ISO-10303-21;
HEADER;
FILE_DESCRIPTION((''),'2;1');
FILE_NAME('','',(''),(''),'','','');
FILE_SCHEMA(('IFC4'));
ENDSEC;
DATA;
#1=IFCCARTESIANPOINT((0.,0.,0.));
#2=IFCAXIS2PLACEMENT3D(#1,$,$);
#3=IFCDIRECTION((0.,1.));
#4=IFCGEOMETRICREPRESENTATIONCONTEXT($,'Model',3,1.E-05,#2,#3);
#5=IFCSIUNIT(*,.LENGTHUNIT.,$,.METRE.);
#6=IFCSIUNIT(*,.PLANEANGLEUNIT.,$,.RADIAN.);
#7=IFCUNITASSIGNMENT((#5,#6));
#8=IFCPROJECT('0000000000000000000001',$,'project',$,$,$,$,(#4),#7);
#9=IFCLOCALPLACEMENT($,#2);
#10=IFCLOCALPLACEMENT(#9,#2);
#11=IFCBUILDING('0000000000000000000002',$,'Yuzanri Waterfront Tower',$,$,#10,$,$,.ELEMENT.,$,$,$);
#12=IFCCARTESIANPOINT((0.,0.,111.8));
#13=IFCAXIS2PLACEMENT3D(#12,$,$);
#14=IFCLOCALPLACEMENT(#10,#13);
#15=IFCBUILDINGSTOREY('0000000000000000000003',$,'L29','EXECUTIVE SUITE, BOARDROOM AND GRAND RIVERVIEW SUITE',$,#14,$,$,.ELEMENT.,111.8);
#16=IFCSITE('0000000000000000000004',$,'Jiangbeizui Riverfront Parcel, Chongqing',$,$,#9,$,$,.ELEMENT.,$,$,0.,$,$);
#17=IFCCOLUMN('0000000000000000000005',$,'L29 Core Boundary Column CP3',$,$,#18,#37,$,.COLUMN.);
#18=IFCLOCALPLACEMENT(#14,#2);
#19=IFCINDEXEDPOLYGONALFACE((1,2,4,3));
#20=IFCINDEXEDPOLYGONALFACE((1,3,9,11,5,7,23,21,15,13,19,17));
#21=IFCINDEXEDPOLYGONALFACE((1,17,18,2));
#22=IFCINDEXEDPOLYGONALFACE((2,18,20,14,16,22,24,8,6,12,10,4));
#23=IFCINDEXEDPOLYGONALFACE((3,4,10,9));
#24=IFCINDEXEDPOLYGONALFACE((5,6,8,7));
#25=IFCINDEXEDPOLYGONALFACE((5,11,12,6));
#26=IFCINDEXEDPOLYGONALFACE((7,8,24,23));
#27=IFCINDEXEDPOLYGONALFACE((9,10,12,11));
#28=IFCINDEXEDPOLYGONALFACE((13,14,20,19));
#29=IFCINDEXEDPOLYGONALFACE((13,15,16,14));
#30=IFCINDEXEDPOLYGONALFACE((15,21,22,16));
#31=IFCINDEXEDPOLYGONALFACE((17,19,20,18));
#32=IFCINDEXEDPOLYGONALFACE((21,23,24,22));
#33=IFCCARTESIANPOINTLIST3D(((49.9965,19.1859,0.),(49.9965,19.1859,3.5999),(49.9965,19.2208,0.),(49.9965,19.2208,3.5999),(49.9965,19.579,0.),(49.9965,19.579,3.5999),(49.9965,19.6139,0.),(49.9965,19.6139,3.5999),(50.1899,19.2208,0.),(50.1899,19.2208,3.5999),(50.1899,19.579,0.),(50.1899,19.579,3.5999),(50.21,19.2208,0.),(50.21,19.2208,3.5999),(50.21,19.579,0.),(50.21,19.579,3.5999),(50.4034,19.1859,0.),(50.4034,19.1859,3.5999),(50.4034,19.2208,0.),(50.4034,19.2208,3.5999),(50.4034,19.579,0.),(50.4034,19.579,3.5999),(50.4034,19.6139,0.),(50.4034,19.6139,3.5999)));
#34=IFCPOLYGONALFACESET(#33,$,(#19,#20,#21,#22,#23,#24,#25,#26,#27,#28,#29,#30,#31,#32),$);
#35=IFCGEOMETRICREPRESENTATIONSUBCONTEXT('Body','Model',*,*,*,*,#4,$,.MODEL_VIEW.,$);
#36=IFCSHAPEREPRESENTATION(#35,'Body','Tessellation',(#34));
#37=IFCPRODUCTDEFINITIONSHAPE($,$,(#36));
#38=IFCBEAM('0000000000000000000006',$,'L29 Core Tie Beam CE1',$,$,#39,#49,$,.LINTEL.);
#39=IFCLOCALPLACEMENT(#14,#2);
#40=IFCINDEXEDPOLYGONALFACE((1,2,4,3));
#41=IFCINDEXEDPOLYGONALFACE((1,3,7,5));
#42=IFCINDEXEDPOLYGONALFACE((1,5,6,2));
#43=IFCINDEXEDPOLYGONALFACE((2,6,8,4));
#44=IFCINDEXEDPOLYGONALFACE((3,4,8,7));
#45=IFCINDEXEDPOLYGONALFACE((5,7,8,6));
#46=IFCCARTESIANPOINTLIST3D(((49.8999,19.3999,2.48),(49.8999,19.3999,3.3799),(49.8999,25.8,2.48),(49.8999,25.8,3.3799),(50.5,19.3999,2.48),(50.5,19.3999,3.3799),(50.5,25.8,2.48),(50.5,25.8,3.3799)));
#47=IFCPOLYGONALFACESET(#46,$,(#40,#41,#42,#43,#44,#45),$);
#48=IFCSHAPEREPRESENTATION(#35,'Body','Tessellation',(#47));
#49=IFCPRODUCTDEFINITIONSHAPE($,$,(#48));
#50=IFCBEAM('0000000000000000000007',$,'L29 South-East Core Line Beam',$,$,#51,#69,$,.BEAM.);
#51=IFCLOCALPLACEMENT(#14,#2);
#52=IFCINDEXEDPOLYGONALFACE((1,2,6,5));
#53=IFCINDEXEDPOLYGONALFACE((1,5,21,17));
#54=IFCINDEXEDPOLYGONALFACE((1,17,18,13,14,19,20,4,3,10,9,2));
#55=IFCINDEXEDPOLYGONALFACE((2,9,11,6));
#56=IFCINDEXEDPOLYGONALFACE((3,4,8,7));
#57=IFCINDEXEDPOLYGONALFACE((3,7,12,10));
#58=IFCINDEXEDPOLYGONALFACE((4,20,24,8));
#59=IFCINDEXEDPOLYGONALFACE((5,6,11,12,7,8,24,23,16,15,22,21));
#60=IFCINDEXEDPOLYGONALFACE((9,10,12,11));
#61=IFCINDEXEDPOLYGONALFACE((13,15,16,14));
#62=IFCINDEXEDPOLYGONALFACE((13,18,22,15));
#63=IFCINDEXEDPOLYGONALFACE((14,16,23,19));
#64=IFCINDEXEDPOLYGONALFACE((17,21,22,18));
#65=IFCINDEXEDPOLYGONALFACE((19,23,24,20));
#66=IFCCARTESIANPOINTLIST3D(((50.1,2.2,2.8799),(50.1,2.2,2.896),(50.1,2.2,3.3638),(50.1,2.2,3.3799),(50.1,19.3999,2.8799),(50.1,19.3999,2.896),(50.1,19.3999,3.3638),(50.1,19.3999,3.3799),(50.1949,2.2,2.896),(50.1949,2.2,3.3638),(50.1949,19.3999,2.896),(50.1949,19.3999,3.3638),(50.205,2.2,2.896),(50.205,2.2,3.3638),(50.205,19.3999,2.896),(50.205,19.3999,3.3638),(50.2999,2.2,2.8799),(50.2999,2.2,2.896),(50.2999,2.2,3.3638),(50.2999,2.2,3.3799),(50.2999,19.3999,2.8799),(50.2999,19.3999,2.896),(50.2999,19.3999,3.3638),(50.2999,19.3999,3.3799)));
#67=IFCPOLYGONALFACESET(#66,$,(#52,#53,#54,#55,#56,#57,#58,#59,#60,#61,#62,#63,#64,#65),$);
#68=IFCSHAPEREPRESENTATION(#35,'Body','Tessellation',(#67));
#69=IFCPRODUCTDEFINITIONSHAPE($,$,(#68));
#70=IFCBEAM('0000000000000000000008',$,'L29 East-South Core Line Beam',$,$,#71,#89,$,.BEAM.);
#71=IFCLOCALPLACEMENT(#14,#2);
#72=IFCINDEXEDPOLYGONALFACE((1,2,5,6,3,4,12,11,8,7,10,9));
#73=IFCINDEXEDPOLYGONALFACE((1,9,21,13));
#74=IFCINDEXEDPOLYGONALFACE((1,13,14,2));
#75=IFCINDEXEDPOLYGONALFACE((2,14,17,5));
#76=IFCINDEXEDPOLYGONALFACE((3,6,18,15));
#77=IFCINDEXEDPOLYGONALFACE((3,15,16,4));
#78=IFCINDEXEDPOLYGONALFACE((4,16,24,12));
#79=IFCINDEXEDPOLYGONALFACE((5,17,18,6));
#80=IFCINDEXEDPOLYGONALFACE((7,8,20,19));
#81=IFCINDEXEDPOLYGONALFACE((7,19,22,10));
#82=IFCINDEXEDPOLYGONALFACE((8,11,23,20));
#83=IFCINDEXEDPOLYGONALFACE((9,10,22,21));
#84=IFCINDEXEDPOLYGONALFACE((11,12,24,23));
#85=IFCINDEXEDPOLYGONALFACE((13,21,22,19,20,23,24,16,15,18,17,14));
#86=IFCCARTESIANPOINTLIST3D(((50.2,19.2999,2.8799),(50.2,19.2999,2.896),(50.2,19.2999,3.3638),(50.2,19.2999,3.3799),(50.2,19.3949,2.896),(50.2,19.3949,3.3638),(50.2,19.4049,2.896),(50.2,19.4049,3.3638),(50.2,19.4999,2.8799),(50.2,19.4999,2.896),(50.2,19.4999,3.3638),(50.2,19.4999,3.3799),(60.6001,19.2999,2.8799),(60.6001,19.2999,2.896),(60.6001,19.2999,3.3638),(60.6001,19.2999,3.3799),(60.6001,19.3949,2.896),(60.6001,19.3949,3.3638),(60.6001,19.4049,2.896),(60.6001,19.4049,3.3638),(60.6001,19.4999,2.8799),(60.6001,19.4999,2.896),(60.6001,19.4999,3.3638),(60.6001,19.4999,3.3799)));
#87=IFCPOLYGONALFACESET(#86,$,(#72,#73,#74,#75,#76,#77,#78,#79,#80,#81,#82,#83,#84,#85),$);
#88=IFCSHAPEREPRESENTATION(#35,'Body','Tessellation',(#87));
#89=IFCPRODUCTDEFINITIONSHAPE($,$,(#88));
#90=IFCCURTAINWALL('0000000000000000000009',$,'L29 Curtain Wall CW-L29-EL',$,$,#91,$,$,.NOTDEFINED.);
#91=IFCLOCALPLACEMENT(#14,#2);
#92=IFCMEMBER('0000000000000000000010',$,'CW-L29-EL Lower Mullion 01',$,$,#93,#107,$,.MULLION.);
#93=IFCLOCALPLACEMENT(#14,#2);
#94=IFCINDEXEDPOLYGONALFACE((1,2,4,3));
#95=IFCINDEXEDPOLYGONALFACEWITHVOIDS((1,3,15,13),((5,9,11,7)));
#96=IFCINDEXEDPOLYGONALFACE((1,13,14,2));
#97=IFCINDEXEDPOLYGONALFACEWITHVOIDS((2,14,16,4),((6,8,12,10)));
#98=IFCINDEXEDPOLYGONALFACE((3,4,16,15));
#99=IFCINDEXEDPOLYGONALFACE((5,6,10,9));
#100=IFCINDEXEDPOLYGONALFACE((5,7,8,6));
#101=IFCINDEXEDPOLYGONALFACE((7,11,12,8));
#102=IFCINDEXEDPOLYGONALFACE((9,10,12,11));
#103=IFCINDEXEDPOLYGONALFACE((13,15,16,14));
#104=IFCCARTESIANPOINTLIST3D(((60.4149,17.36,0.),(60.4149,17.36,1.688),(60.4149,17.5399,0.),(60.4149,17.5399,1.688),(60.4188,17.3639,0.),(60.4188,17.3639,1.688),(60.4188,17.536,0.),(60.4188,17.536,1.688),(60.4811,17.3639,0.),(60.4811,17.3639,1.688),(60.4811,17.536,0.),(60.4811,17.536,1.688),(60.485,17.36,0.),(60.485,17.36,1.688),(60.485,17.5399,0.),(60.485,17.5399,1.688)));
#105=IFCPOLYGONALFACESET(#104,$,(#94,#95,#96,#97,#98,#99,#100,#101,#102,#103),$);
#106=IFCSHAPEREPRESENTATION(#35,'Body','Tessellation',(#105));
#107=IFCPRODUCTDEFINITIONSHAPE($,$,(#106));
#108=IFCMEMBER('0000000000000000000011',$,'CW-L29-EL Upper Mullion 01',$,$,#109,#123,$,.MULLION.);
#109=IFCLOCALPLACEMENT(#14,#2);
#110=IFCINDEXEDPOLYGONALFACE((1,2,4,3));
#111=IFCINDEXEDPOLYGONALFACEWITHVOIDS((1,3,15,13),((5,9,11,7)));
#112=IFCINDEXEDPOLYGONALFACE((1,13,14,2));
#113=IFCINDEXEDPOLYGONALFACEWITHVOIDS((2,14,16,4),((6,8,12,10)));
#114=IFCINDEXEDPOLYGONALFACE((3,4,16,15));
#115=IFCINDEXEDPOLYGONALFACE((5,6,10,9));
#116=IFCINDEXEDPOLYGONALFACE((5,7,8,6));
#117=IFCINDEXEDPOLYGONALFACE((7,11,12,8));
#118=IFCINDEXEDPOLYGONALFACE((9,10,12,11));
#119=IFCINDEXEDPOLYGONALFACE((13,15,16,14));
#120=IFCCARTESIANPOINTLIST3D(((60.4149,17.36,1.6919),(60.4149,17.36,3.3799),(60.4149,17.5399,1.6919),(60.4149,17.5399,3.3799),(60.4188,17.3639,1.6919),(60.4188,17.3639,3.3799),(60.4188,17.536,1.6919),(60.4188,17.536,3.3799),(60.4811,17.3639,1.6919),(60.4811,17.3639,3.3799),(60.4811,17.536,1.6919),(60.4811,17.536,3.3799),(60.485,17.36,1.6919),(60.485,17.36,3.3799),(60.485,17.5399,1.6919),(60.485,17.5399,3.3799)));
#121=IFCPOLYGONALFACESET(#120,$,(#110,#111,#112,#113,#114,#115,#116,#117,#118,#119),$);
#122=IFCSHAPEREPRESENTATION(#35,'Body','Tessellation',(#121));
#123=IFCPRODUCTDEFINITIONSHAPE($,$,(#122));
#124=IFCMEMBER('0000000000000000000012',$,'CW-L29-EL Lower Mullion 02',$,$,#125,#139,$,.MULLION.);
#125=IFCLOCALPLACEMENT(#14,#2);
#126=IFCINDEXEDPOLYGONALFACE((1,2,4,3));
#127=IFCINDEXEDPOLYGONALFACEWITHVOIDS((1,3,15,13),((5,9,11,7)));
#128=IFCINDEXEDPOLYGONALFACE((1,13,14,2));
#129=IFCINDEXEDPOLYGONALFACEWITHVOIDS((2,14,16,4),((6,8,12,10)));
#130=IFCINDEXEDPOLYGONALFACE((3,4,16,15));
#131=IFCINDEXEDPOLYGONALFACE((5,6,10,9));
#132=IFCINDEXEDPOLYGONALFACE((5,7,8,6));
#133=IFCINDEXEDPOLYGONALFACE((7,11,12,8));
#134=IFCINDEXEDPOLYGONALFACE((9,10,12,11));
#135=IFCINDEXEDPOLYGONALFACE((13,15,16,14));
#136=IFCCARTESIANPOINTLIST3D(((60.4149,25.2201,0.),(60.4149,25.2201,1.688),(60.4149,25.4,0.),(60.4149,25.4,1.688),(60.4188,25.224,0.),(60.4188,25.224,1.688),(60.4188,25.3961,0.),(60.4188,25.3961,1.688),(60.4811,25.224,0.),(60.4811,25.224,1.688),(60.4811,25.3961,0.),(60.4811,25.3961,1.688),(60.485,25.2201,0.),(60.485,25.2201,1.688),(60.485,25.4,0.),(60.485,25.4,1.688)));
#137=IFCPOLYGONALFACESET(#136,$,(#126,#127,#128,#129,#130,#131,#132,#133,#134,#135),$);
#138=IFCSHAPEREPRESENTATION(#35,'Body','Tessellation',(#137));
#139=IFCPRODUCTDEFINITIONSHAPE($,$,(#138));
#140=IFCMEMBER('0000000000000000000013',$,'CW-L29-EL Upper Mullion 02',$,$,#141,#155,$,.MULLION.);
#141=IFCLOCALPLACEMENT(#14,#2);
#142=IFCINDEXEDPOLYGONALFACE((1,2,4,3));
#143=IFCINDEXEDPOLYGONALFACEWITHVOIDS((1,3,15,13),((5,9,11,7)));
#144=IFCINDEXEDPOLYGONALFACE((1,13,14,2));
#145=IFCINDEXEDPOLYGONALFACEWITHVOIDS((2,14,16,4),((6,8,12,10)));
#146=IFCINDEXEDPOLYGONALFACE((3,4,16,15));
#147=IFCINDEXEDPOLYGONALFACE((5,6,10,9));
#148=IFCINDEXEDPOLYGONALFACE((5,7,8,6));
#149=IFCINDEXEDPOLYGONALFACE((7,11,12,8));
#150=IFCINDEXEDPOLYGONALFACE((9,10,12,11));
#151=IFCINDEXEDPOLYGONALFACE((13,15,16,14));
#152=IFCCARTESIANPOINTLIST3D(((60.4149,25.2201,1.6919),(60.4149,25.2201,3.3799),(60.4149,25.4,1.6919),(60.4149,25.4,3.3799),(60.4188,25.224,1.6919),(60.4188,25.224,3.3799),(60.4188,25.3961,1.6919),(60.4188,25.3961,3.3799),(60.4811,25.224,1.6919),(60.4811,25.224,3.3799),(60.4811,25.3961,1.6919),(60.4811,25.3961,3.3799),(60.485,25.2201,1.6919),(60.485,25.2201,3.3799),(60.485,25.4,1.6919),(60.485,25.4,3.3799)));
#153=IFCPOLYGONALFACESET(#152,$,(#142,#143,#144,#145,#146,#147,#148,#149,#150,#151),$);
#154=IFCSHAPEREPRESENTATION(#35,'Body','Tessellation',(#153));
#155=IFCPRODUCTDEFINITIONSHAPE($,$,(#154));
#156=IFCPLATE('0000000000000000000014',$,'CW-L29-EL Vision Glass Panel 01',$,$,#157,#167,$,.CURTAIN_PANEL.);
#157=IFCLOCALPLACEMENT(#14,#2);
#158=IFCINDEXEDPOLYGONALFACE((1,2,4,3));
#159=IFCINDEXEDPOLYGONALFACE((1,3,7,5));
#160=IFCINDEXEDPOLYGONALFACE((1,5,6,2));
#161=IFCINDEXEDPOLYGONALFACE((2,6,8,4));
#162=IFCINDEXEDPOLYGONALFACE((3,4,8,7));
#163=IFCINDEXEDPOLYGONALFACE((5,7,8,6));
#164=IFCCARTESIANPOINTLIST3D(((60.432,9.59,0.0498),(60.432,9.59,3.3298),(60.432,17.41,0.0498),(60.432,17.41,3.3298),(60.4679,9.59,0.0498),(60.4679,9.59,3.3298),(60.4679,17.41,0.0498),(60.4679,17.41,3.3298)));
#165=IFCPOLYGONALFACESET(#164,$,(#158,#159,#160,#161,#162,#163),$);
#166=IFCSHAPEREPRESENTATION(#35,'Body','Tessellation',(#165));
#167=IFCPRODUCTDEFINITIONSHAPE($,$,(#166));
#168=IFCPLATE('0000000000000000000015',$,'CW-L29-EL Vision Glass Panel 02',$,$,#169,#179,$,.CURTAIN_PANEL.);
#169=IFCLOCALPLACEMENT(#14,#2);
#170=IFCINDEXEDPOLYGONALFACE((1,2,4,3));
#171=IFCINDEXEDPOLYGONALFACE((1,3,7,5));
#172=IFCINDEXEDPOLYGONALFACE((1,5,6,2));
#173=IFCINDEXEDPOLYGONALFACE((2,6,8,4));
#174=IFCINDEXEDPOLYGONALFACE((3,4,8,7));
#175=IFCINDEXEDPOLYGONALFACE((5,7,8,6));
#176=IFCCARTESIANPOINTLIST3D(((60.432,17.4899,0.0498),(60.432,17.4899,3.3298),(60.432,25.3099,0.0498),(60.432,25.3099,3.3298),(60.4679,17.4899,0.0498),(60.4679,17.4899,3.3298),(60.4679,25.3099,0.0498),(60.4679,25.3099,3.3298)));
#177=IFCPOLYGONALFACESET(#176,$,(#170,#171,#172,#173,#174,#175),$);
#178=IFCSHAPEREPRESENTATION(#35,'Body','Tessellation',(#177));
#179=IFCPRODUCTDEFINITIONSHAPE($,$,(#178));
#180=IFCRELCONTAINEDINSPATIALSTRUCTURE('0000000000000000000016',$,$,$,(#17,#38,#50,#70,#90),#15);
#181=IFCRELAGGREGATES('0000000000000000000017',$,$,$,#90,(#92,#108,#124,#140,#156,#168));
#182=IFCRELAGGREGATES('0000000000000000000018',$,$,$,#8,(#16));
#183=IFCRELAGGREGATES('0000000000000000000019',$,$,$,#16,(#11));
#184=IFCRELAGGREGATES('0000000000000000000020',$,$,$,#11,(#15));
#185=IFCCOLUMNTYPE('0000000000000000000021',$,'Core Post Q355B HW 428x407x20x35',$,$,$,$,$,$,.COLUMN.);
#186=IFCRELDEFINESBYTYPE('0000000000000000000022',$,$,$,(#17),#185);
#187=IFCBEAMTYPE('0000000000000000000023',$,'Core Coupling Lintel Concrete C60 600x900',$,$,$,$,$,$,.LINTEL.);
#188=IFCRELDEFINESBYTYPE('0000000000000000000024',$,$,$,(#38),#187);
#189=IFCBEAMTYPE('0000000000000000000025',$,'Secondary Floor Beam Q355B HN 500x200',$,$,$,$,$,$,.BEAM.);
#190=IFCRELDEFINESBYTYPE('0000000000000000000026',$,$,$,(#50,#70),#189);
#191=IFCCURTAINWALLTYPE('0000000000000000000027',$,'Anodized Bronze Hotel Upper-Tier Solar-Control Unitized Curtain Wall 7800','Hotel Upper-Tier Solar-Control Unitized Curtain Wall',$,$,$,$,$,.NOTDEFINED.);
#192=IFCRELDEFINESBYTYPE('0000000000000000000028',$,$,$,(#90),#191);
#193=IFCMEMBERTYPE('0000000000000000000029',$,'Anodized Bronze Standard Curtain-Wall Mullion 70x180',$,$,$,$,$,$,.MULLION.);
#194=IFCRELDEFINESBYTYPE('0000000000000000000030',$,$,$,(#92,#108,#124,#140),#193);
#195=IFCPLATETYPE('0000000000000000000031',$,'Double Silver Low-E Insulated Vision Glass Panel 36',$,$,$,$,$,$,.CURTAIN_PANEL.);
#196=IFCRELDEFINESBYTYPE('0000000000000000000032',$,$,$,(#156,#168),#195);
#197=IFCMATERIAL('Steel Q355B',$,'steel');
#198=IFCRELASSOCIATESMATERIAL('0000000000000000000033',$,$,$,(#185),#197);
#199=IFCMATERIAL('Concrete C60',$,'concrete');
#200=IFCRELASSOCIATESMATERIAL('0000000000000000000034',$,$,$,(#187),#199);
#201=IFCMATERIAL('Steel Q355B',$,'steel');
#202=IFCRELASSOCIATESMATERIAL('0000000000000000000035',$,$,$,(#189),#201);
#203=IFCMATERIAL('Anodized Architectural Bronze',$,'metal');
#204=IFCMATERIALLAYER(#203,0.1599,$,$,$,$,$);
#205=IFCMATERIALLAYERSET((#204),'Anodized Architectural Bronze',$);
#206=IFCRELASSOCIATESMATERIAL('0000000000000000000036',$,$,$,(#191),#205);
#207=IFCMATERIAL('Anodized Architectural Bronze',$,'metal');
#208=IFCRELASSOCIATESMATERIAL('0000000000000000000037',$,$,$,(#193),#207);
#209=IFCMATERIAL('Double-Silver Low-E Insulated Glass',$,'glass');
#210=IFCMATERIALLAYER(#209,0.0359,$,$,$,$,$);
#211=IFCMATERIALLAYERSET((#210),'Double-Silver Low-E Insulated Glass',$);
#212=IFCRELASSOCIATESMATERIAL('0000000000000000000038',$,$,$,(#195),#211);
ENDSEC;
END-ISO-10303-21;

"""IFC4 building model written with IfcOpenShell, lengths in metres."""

from ifc_helpers import new_model, si_unit, direction, frame, origin, origin_2d, place, context, subcontext, project, spatial, rectangle, hollow_rectangle, i_section, extrude, source, transform, mapped, material, layer, layer_set, material_profile, profile_set, type_object, element, aggregate, save


model = new_model("IFC4")

# Units and contexts
model_context = context("Model", 3, precision=1e-05, world=origin(), true_north=direction((0.0, 1.0)))
body_context = subcontext(model_context, "Body", "Model", "MODEL_VIEW")
ifc_project = project(units=[si_unit("LENGTHUNIT", "METRE"), si_unit("PLANEANGLEUNIT", "RADIAN")], contexts=[model_context])

# Site, building, storey
site_placement = place(None, origin())
site = spatial("IfcSite", under=ifc_project, at=site_placement, Name="Jiangbeizui Riverfront Parcel, Chongqing", CompositionType="ELEMENT", RefElevation=0.0)
building_placement = place(site_placement, origin())
building = spatial("IfcBuilding", under=site, at=building_placement, Name="Yuzanri Waterfront Tower", CompositionType="ELEMENT")
storey_placement = place(building_placement, frame((0.0, 0.0, 111.8)))
storey = spatial("IfcBuildingStorey", under=building, at=storey_placement, Name="L29", Description="EXECUTIVE SUITE, BOARDROOM AND GRAND RIVERVIEW SUITE", CompositionType="ELEMENT", Elevation=111.8)

# Column
ifc_material_1 = material(Name="Steel Q355B", Category="steel")
ifc_material_profile_1 = material_profile(ifc_material_1, i_section(OverallWidth=0.407, OverallDepth=0.428, WebThickness=0.02, FlangeThickness=0.0349, at=origin_2d()), Name="HW 428x407x20x35")
ifc_profile_set_1 = profile_set([ifc_material_profile_1], Name="Steel Q355B")
column_type = type_object("IfcColumnType", Name="Core Post Q355B HW 428x407x20x35", PredefinedType="COLUMN", material=ifc_profile_set_1)
shared_shape_1 = source(origin(), body_context, "Body", "SweptSolid", [
    extrude(i_section(OverallWidth=0.407, OverallDepth=0.428, WebThickness=0.02, FlangeThickness=0.0349, at=origin_2d()), origin(), (0.0, 0.0, 1.0), 3.5999),
])
column_placement = place(storey_placement, frame((50.2, 19.3999, 0.0), z_axis=(0.0, 0.0, 1.0), x_axis=(1.0, 0.0, 0.0)))
element("IfcColumn", 1, at=column_placement, inside=storey, type_object=column_type, Name="L29 Core Boundary Column CP3", PredefinedType="COLUMN", context=body_context, shape_type="MappedRepresentation", body=[
    mapped(shared_shape_1, transform((0.0, 0.0, 0.0), scale=1.0)),
])

# Beams
ifc_material_2 = material(Name="Concrete C60", Category="concrete")
ifc_material_profile_2 = material_profile(ifc_material_2, rectangle(XDim=0.6001, YDim=0.8999, at=origin_2d()), Name="RC 600x900")
ifc_profile_set_2 = profile_set([ifc_material_profile_2], Name="Concrete C60")
beam_type_1 = type_object("IfcBeamType", Name="Core Coupling Lintel Concrete C60 600x900", PredefinedType="LINTEL", material=ifc_profile_set_2)
shared_shape_2 = source(origin(), body_context, "Body", "SweptSolid", [
    extrude(rectangle(XDim=0.6001, YDim=0.8999, at=origin_2d()), origin(), (0.0, 0.0, 1.0), 6.4001),
])
beam_1_placement = place(storey_placement, frame((50.2, 19.3999, 2.9299), z_axis=(0.0, 1.0, 0.0), x_axis=(-1.0, 0.0, 0.0)))
element("IfcBeam", 2, at=beam_1_placement, inside=storey, type_object=beam_type_1, Name="L29 Core Tie Beam CE1", PredefinedType="LINTEL", context=body_context, shape_type="MappedRepresentation", body=[
    mapped(shared_shape_2, transform((0.0, 0.0, 0.0), scale=1.0)),
])
ifc_material_3 = material(Name="Steel Q355B", Category="steel")
ifc_material_profile_3 = material_profile(ifc_material_3, i_section(OverallWidth=0.2, OverallDepth=0.5, WebThickness=0.01, FlangeThickness=0.0161, at=origin_2d()), Name="HN 500x200x10x16")
ifc_profile_set_3 = profile_set([ifc_material_profile_3], Name="Steel Q355B")
beam_type_2 = type_object("IfcBeamType", Name="Secondary Floor Beam Q355B HN 500x200", PredefinedType="BEAM", material=ifc_profile_set_3)
shared_shape_3 = source(origin(), body_context, "Body", "SweptSolid", [
    extrude(i_section(OverallWidth=0.2, OverallDepth=0.5, WebThickness=0.01, FlangeThickness=0.0161, at=origin_2d()), origin(), (0.0, 0.0, 1.0), 17.2),
])
beam_2_placement = place(storey_placement, frame((50.2, 19.3999, 3.1299), z_axis=(0.0, -1.0, 0.0), x_axis=(1.0, 0.0, 0.0)))
element("IfcBeam", 3, at=beam_2_placement, inside=storey, type_object=beam_type_2, Name="L29 South-East Core Line Beam", PredefinedType="BEAM", context=body_context, shape_type="MappedRepresentation", body=[
    mapped(shared_shape_3, transform((0.0, 0.0, 0.0), scale=1.0)),
])
shared_shape_4 = source(origin(), body_context, "Body", "SweptSolid", [
    extrude(i_section(OverallWidth=0.2, OverallDepth=0.5, WebThickness=0.01, FlangeThickness=0.0161, at=origin_2d()), origin(), (0.0, 0.0, 1.0), 10.4001),
])
beam_3_placement = place(storey_placement, frame((50.2, 19.3999, 3.1299), z_axis=(1.0, 0.0, 0.0), x_axis=(0.0, 1.0, 0.0)))
element("IfcBeam", 4, at=beam_3_placement, inside=storey, type_object=beam_type_2, Name="L29 East-South Core Line Beam", PredefinedType="BEAM", context=body_context, shape_type="MappedRepresentation", body=[
    mapped(shared_shape_4, transform((0.0, 0.0, 0.0), scale=1.0)),
])

# Curtain wall, members, plates
ifc_material_4 = material(Name="Anodized Architectural Bronze", Category="metal")
ifc_layer_1 = layer(ifc_material_4, 0.1599)
ifc_layer_set_1 = layer_set([ifc_layer_1], Name="Anodized Architectural Bronze")
curtain_wall_type = type_object("IfcCurtainWallType", Name="Anodized Bronze Hotel Upper-Tier Solar-Control Unitized Curtain Wall 7800", Description="Hotel Upper-Tier Solar-Control Unitized Curtain Wall", PredefinedType="NOTDEFINED", material=ifc_layer_set_1)
curtain_wall_placement = place(storey_placement, origin())
curtain_wall = element("IfcCurtainWall", 5, at=curtain_wall_placement, inside=storey, type_object=curtain_wall_type, Name="L29 Curtain Wall CW-L29-EL", PredefinedType="NOTDEFINED")
ifc_material_5 = material(Name="Anodized Architectural Bronze", Category="metal")
ifc_material_profile_4 = material_profile(ifc_material_5, hollow_rectangle(XDim=0.0701, YDim=0.1799, WallThickness=0.0039, at=origin_2d()), Name="CWM 70x180")
ifc_profile_set_4 = profile_set([ifc_material_profile_4], Name="Anodized Architectural Bronze")
member_type = type_object("IfcMemberType", Name="Anodized Bronze Standard Curtain-Wall Mullion 70x180", PredefinedType="MULLION", material=ifc_profile_set_4)
shared_shape_5 = source(origin(), body_context, "Body", "SweptSolid", [
    extrude(hollow_rectangle(XDim=0.0701, YDim=0.1799, WallThickness=0.0039, at=origin_2d()), origin(), (0.0, 0.0, 1.0), 1.688),
])
member_1_placement = place(storey_placement, frame((60.45, 17.45, 0.0), z_axis=(0.0, 0.0, 1.0), x_axis=(1.0, 0.0, 0.0)))
member_1 = element("IfcMember", 6, at=member_1_placement, type_object=member_type, Name="CW-L29-EL Lower Mullion 01", PredefinedType="MULLION", context=body_context, shape_type="MappedRepresentation", body=[
    mapped(shared_shape_5, transform((0.0, 0.0, 0.0), scale=1.0)),
])
member_2_placement = place(storey_placement, frame((60.45, 17.45, 1.6919), z_axis=(0.0, 0.0, 1.0), x_axis=(1.0, 0.0, 0.0)))
member_2 = element("IfcMember", 7, at=member_2_placement, type_object=member_type, Name="CW-L29-EL Upper Mullion 01", PredefinedType="MULLION", context=body_context, shape_type="MappedRepresentation", body=[
    mapped(shared_shape_5, transform((0.0, 0.0, 0.0), scale=1.0)),
])
member_3_placement = place(storey_placement, frame((60.45, 25.3101, 0.0), z_axis=(0.0, 0.0, 1.0), x_axis=(1.0, 0.0, 0.0)))
member_3 = element("IfcMember", 8, at=member_3_placement, type_object=member_type, Name="CW-L29-EL Lower Mullion 02", PredefinedType="MULLION", context=body_context, shape_type="MappedRepresentation", body=[
    mapped(shared_shape_5, transform((0.0, 0.0, 0.0), scale=1.0)),
])
member_4_placement = place(storey_placement, frame((60.45, 25.3101, 1.6919), z_axis=(0.0, 0.0, 1.0), x_axis=(1.0, 0.0, 0.0)))
member_4 = element("IfcMember", 9, at=member_4_placement, type_object=member_type, Name="CW-L29-EL Upper Mullion 02", PredefinedType="MULLION", context=body_context, shape_type="MappedRepresentation", body=[
    mapped(shared_shape_5, transform((0.0, 0.0, 0.0), scale=1.0)),
])
ifc_material_6 = material(Name="Double-Silver Low-E Insulated Glass", Category="glass")
ifc_layer_2 = layer(ifc_material_6, 0.0359)
ifc_layer_set_2 = layer_set([ifc_layer_2], Name="Double-Silver Low-E Insulated Glass")
plate_type = type_object("IfcPlateType", Name="Double Silver Low-E Insulated Vision Glass Panel 36", PredefinedType="CURTAIN_PANEL", material=ifc_layer_set_2)
shared_shape_6 = source(origin(), body_context, "Body", "SweptSolid", [
    extrude(rectangle(XDim=7.8201, YDim=0.0359, at=origin_2d()), origin(), (0.0, 0.0, 1.0), 3.28),
])
plate_1_placement = place(storey_placement, frame((60.45, 13.5, 0.0498), z_axis=(0.0, 0.0, 1.0), x_axis=(0.0, 1.0, 0.0)))
plate_1 = element("IfcPlate", 10, at=plate_1_placement, type_object=plate_type, Name="CW-L29-EL Vision Glass Panel 01", PredefinedType="CURTAIN_PANEL", context=body_context, shape_type="MappedRepresentation", body=[
    mapped(shared_shape_6, transform((0.0, 0.0, 0.0), scale=1.0)),
])
plate_2_placement = place(storey_placement, frame((60.45, 21.3999, 0.0498), z_axis=(0.0, 0.0, 1.0), x_axis=(0.0, 1.0, 0.0)))
plate_2 = element("IfcPlate", 11, at=plate_2_placement, type_object=plate_type, Name="CW-L29-EL Vision Glass Panel 02", PredefinedType="CURTAIN_PANEL", context=body_context, shape_type="MappedRepresentation", body=[
    mapped(shared_shape_6, transform((0.0, 0.0, 0.0), scale=1.0)),
])
aggregate(curtain_wall, [member_1, member_2, member_3, member_4, plate_1, plate_2])

save(model, "model.ifc")
